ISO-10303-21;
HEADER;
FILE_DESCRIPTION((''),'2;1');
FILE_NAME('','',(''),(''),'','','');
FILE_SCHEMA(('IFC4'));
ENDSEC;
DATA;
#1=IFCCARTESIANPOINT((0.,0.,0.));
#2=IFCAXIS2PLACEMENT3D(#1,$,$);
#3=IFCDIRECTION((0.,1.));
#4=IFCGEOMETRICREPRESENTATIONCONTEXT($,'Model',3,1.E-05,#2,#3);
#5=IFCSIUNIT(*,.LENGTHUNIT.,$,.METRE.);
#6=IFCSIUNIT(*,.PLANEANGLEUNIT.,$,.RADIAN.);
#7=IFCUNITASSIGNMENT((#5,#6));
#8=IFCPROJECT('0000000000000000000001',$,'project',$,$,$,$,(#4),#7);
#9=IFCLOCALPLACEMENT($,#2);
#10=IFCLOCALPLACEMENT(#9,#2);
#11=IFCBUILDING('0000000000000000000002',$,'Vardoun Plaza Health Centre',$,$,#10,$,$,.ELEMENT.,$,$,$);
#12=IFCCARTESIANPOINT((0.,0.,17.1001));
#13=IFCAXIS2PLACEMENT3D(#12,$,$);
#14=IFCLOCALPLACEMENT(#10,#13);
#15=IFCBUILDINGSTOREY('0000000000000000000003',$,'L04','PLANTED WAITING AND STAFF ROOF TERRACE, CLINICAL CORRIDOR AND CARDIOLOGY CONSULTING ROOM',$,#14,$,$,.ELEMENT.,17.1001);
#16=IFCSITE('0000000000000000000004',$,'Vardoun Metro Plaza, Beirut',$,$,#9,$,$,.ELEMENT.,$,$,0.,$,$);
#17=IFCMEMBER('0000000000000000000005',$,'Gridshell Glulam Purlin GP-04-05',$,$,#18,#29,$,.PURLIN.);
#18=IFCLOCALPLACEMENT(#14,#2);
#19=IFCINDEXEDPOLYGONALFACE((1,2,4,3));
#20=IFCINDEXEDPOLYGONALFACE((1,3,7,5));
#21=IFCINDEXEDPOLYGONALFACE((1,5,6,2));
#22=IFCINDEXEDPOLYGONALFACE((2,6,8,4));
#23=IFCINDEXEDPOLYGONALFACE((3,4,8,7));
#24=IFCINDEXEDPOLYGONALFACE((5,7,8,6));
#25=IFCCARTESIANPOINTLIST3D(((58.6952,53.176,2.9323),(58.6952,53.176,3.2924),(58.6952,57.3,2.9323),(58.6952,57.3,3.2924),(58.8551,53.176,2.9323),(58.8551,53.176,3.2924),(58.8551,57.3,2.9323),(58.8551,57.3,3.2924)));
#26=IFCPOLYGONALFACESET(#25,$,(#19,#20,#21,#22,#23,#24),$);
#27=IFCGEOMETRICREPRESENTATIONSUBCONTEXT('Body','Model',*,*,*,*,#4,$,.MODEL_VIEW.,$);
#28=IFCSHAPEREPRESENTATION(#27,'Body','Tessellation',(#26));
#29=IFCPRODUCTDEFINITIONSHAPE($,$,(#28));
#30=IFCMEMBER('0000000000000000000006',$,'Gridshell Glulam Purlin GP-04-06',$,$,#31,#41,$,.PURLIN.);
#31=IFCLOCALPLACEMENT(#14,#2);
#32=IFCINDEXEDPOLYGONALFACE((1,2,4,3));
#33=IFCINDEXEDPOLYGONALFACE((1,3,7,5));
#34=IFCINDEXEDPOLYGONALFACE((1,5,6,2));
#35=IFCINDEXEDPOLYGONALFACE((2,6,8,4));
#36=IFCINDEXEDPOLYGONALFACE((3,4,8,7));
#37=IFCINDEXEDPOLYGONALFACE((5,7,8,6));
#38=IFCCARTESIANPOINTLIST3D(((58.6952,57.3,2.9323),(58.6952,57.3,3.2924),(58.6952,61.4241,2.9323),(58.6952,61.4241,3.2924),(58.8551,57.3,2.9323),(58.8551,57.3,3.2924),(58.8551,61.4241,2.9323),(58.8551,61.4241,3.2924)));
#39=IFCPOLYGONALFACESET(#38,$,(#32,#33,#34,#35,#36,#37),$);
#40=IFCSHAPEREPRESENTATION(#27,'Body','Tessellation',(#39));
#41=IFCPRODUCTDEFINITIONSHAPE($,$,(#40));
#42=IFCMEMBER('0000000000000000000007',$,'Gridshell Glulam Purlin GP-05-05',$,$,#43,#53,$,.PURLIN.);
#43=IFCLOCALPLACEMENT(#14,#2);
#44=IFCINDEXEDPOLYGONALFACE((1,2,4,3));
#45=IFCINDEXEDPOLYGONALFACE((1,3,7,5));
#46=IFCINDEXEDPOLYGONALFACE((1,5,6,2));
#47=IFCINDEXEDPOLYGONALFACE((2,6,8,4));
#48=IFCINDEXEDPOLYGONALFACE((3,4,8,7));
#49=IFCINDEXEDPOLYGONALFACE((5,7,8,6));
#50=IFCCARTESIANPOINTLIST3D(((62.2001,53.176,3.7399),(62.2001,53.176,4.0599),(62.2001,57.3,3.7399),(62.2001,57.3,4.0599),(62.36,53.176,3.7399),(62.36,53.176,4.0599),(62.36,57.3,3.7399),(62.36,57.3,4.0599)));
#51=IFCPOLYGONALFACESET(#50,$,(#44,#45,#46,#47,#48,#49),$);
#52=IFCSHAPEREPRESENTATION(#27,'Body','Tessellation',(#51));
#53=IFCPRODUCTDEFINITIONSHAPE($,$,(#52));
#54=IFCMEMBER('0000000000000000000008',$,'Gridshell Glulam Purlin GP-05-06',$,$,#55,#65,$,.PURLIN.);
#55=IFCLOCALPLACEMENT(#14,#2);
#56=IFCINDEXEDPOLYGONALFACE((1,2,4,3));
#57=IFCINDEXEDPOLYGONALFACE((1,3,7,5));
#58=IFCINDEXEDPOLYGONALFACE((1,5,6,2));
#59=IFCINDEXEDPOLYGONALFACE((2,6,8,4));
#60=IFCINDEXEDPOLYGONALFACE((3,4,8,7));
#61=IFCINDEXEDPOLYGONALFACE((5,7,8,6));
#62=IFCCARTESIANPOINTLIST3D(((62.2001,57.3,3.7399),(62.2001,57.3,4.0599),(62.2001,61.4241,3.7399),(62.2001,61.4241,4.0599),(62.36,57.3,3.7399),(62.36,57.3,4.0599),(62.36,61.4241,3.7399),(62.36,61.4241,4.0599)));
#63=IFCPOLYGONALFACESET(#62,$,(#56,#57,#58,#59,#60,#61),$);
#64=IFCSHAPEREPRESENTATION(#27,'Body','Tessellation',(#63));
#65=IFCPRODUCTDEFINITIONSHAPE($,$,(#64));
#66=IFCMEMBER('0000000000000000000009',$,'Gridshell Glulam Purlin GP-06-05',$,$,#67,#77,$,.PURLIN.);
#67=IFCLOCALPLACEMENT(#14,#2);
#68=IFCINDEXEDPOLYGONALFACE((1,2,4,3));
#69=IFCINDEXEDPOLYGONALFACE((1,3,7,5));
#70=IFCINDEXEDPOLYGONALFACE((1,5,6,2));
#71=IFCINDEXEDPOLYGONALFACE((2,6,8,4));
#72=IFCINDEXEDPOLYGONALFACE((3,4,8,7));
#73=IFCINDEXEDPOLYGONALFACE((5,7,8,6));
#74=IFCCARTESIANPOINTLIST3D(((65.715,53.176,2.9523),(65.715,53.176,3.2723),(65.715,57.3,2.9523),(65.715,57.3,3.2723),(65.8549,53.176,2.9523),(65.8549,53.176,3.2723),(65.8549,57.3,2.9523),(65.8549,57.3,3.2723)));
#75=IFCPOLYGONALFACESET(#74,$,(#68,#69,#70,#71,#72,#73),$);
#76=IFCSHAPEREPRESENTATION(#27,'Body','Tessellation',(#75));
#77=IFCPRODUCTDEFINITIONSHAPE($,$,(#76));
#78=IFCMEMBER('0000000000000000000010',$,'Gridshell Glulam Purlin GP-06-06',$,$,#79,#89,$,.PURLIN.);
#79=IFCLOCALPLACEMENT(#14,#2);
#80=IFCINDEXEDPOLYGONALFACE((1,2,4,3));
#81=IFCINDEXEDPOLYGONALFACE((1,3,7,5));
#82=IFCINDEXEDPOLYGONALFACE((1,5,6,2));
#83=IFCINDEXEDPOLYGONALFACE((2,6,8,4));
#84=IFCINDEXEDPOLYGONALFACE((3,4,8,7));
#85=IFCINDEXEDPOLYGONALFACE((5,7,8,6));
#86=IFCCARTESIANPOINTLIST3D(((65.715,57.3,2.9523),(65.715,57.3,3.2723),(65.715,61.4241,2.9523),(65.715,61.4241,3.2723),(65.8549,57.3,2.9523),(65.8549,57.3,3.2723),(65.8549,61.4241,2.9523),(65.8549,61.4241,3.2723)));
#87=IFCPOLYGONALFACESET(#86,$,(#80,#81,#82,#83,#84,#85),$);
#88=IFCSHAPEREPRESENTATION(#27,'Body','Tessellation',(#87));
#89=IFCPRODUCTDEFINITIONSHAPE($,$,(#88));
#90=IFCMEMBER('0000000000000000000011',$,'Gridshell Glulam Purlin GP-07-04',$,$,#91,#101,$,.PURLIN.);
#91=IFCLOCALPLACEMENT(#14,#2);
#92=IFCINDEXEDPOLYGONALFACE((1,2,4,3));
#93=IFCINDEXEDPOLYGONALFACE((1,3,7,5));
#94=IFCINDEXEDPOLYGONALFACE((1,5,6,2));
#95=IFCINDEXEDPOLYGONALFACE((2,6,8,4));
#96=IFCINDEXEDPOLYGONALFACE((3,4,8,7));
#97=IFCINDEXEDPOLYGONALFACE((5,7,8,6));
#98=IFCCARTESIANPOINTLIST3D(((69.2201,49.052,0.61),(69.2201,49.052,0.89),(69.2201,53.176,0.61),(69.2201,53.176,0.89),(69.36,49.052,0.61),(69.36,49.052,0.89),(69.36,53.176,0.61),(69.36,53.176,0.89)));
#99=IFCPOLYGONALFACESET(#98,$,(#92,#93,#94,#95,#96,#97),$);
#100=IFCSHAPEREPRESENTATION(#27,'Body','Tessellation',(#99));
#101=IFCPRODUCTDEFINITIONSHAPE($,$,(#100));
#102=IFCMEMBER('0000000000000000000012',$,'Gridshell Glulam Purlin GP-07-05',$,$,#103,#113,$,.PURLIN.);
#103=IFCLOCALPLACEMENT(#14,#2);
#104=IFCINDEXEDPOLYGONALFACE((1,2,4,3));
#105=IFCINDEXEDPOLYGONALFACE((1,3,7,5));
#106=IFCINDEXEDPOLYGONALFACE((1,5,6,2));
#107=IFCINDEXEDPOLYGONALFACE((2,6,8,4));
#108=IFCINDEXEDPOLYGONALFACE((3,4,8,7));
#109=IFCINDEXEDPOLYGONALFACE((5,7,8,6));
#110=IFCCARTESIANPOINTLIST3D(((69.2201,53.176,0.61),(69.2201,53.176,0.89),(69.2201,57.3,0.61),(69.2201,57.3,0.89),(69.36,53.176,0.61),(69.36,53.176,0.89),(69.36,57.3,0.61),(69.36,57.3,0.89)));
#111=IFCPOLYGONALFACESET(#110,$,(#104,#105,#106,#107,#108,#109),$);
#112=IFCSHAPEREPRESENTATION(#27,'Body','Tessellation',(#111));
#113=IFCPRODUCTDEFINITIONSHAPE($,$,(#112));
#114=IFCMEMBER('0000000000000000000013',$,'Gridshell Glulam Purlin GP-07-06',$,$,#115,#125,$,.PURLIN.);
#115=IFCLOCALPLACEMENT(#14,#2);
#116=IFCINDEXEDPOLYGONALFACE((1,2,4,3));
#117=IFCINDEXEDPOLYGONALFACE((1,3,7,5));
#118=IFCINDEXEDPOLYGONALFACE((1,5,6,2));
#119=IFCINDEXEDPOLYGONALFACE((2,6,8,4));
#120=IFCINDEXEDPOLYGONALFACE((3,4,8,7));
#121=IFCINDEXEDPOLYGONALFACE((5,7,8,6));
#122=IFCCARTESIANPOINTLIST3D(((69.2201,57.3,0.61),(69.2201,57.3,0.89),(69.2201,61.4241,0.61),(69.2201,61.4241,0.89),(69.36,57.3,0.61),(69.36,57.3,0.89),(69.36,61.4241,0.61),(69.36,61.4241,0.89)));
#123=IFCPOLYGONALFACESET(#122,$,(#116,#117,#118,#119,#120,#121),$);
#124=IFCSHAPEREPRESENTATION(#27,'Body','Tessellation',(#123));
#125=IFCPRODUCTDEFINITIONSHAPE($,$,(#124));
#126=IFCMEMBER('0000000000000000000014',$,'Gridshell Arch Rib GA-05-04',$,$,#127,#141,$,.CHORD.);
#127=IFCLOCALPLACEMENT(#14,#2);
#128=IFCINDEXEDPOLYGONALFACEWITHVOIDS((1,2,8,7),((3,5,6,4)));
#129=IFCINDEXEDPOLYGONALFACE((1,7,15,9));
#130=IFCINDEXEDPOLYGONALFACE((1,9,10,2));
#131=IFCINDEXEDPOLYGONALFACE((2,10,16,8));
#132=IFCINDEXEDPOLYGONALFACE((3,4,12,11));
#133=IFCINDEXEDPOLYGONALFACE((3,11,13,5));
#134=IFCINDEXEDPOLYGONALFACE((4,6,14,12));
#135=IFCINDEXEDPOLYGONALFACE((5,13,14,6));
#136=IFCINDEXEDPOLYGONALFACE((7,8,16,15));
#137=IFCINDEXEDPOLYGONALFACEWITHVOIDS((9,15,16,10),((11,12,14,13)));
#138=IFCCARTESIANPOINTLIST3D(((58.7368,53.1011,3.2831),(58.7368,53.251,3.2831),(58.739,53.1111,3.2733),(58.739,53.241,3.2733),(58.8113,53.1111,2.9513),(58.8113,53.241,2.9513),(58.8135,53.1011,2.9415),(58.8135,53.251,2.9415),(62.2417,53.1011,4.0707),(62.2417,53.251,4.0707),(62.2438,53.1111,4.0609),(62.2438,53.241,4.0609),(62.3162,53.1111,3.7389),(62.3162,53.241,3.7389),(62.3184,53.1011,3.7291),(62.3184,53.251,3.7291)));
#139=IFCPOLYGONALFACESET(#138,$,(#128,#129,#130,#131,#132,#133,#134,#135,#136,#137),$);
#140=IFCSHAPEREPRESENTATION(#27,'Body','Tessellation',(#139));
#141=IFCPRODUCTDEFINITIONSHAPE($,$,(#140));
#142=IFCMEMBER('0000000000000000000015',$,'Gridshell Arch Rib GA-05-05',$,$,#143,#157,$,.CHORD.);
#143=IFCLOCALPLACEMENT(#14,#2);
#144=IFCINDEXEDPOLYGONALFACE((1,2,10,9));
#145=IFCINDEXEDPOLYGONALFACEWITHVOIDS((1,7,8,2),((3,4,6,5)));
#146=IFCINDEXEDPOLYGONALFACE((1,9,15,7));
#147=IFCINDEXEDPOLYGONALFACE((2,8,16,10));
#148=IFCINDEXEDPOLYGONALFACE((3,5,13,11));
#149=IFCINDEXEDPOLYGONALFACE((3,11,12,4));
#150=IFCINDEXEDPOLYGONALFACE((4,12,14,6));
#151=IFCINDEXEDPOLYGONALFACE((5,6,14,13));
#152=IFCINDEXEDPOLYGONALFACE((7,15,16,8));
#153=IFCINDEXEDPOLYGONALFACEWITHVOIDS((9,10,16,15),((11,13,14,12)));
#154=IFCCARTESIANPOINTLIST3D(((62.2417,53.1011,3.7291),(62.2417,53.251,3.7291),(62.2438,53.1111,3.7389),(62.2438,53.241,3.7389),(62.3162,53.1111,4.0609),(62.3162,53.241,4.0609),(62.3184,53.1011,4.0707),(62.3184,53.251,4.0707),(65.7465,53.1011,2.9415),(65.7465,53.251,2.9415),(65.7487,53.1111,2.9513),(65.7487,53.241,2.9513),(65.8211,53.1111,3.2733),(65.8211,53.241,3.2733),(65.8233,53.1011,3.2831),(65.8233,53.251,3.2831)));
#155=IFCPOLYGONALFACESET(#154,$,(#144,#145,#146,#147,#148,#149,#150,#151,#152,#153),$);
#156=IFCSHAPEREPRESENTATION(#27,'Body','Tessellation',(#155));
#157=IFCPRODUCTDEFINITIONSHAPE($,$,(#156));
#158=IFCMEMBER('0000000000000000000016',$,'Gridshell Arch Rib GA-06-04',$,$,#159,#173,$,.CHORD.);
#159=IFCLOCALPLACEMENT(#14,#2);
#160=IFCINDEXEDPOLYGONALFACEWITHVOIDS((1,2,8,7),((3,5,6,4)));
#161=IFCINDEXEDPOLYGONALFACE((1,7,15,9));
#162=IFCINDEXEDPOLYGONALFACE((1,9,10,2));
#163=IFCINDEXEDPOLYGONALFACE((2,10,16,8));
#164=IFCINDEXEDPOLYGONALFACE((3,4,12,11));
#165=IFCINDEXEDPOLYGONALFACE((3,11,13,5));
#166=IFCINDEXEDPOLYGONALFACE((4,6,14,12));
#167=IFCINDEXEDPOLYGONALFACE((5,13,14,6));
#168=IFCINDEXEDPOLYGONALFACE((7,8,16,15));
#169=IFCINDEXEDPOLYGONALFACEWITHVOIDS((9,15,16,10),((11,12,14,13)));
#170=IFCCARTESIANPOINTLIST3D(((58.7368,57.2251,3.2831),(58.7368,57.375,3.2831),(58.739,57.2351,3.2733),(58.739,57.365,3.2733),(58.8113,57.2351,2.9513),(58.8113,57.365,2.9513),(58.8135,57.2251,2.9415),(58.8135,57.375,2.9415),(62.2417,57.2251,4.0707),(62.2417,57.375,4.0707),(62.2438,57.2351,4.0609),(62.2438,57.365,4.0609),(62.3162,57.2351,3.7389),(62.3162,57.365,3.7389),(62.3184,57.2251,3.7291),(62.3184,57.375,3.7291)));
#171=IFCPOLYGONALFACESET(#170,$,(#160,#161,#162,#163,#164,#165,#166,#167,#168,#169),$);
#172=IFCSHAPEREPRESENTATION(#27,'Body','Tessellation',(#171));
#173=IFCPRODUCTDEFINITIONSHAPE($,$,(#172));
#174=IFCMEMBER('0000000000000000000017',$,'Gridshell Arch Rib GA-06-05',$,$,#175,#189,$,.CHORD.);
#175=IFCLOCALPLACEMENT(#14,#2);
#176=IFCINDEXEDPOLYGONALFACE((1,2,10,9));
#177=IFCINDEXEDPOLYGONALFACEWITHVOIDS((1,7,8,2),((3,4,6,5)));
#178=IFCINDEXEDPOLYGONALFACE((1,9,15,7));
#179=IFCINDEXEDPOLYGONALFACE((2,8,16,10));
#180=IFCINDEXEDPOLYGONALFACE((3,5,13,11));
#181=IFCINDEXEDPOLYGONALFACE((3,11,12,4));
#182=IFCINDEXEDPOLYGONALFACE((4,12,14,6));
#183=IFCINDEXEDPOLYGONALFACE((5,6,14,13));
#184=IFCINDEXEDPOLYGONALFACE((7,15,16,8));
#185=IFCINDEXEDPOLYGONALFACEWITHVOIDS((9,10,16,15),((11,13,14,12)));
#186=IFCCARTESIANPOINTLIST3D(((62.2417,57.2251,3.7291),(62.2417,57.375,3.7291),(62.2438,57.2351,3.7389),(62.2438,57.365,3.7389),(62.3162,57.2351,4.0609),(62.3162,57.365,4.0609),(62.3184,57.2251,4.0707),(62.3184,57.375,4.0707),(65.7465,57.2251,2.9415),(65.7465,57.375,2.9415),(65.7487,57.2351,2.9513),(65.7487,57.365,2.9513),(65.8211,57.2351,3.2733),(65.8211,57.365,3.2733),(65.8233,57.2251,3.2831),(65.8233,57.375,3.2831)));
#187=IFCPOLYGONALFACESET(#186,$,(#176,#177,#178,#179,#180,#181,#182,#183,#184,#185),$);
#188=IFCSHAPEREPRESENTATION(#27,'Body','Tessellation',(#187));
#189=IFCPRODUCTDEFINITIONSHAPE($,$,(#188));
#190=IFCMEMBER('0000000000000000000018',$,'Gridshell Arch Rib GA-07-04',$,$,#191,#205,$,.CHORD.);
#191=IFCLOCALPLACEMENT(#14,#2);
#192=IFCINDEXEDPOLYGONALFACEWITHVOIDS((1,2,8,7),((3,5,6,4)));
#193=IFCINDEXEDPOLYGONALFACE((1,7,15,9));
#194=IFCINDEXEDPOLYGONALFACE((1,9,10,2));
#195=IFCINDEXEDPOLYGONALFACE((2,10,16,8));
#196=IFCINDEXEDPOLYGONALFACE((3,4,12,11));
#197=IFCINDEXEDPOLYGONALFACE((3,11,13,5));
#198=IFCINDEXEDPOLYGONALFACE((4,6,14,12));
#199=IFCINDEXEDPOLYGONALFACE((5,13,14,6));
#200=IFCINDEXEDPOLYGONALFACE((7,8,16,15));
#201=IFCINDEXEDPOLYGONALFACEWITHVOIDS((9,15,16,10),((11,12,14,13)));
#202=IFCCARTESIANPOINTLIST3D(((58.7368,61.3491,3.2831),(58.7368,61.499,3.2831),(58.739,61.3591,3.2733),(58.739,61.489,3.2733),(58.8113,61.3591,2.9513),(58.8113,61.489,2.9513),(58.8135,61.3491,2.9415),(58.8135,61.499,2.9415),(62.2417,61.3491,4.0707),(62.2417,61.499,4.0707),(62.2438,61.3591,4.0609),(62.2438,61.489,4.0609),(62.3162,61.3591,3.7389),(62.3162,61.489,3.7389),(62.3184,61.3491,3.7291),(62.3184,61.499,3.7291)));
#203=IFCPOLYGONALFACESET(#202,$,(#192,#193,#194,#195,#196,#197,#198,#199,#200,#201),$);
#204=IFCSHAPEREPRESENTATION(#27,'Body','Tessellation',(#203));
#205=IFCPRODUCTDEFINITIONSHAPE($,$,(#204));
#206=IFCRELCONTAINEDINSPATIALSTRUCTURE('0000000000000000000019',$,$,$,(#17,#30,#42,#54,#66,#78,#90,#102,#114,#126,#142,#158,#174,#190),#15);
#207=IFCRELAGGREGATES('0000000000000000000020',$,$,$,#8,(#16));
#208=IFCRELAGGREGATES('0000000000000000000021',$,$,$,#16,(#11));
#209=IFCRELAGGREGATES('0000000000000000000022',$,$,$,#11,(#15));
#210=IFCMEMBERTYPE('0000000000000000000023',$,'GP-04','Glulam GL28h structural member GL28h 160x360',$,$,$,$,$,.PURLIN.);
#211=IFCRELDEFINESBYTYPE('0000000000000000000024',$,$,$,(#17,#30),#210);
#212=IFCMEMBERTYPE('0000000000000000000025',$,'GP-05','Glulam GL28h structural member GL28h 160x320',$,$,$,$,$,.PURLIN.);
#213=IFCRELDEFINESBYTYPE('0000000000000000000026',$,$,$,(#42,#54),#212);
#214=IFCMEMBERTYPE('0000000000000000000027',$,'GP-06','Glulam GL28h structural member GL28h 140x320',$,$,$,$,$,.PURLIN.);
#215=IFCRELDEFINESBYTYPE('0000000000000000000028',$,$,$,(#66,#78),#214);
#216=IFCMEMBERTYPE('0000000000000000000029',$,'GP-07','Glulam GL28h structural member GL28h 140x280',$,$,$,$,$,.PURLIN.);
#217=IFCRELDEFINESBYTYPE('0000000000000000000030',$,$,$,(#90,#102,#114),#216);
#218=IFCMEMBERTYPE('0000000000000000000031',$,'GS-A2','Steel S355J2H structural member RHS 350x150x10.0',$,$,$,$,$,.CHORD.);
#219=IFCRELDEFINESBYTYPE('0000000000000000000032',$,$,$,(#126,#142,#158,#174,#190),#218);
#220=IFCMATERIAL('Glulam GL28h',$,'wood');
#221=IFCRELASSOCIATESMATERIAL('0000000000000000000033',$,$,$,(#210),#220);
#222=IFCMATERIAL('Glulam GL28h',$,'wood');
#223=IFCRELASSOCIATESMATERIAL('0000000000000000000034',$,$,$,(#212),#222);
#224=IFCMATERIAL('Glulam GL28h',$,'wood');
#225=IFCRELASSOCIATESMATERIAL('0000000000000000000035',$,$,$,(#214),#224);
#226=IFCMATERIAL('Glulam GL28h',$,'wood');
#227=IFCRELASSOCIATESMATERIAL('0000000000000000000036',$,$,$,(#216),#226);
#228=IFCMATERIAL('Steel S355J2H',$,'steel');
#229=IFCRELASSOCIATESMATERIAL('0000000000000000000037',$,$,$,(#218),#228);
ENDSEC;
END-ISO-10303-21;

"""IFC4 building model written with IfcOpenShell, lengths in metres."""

from ifc_helpers import new_model, si_unit, direction, frame, origin, origin_2d, place, context, subcontext, project, spatial, rectangle, hollow_rectangle, extrude, material, material_profile, profile_set, type_object, element, save


model = new_model("IFC4")

# Units and contexts
model_context = context("Model", 3, precision=1e-05, world=origin(), true_north=direction((0.0, 1.0)))
body_context = subcontext(model_context, "Body", "Model", "MODEL_VIEW")
ifc_project = project(units=[si_unit("LENGTHUNIT", "METRE"), si_unit("PLANEANGLEUNIT", "RADIAN")], contexts=[model_context])

# Site, building, storey
site_placement = place(None, origin())
site = spatial("IfcSite", under=ifc_project, at=site_placement, Name="Vardoun Metro Plaza, Beirut", CompositionType="ELEMENT", RefElevation=0.0)
building_placement = place(site_placement, origin())
building = spatial("IfcBuilding", under=site, at=building_placement, Name="Vardoun Plaza Health Centre", CompositionType="ELEMENT")
storey_placement = place(building_placement, frame((0.0, 0.0, 17.1001)))
storey = spatial("IfcBuildingStorey", under=building, at=storey_placement, Name="L04", Description="PLANTED WAITING AND STAFF ROOF TERRACE, CLINICAL CORRIDOR AND CARDIOLOGY CONSULTING ROOM", CompositionType="ELEMENT", Elevation=17.1001)

# Members
ifc_material_1 = material(Name="Glulam GL28h", Category="wood")
ifc_material_profile_1 = material_profile(ifc_material_1, rectangle(XDim=0.1599, YDim=0.3601, at=origin_2d()), Name="GL28h 160x360")
ifc_profile_set_1 = profile_set([ifc_material_profile_1], Name="Glulam GL28h")
member_type_1 = type_object("IfcMemberType", Name="GP-04", Description="Glulam GL28h structural member GL28h 160x360", PredefinedType="PURLIN", material=ifc_profile_set_1)
for number, where, z_axis, x_axis, name in (
    (1, (58.7751, 53.176, 3.1123), (0.0, 1.0, 0.0), (-1.0, 0.0, 0.0), "Gridshell Glulam Purlin GP-04-05"),
    (2, (58.7751, 57.3, 3.1123), (0.0, 1.0, 0.0), (-1.0, 0.0, 0.0), "Gridshell Glulam Purlin GP-04-06"),
):
    element("IfcMember", number, at=place(storey_placement, frame(where, z_axis=z_axis, x_axis=x_axis)), inside=storey, type_object=member_type_1, Name=name, PredefinedType="PURLIN", context=body_context, shape_type="SweptSolid", body=[
        extrude(rectangle(XDim=0.1599, YDim=0.3601, at=origin_2d()), origin(), (0.0, 0.0, 1.0), 4.124),
    ])
ifc_material_2 = material(Name="Glulam GL28h", Category="wood")
ifc_material_profile_2 = material_profile(ifc_material_2, rectangle(XDim=0.1599, YDim=0.3201, at=origin_2d()), Name="GL28h 160x320")
ifc_profile_set_2 = profile_set([ifc_material_profile_2], Name="Glulam GL28h")
member_type_2 = type_object("IfcMemberType", Name="GP-05", Description="Glulam GL28h structural member GL28h 160x320", PredefinedType="PURLIN", material=ifc_profile_set_2)
for number, where, z_axis, x_axis, name in (
    (3, (62.28, 53.176, 3.8999), (0.0, 1.0, 0.0), (-1.0, 0.0, 0.0), "Gridshell Glulam Purlin GP-05-05"),
    (4, (62.28, 57.3, 3.8999), (0.0, 1.0, 0.0), (-1.0, 0.0, 0.0), "Gridshell Glulam Purlin GP-05-06"),
):
    element("IfcMember", number, at=place(storey_placement, frame(where, z_axis=z_axis, x_axis=x_axis)), inside=storey, type_object=member_type_2, Name=name, PredefinedType="PURLIN", context=body_context, shape_type="SweptSolid", body=[
        extrude(rectangle(XDim=0.1599, YDim=0.3201, at=origin_2d()), origin(), (0.0, 0.0, 1.0), 4.124),
    ])
ifc_material_3 = material(Name="Glulam GL28h", Category="wood")
ifc_material_profile_3 = material_profile(ifc_material_3, rectangle(XDim=0.1399, YDim=0.3201, at=origin_2d()), Name="GL28h 140x320")
ifc_profile_set_3 = profile_set([ifc_material_profile_3], Name="Glulam GL28h")
member_type_3 = type_object("IfcMemberType", Name="GP-06", Description="Glulam GL28h structural member GL28h 140x320", PredefinedType="PURLIN", material=ifc_profile_set_3)
for number, where, z_axis, x_axis, name in (
    (5, (65.7849, 53.176, 3.1123), (0.0, 1.0, 0.0), (-1.0, 0.0, 0.0), "Gridshell Glulam Purlin GP-06-05"),
    (6, (65.7849, 57.3, 3.1123), (0.0, 1.0, 0.0), (-1.0, 0.0, 0.0), "Gridshell Glulam Purlin GP-06-06"),
):
    element("IfcMember", number, at=place(storey_placement, frame(where, z_axis=z_axis, x_axis=x_axis)), inside=storey, type_object=member_type_3, Name=name, PredefinedType="PURLIN", context=body_context, shape_type="SweptSolid", body=[
        extrude(rectangle(XDim=0.1399, YDim=0.3201, at=origin_2d()), origin(), (0.0, 0.0, 1.0), 4.124),
    ])
ifc_material_4 = material(Name="Glulam GL28h", Category="wood")
ifc_material_profile_4 = material_profile(ifc_material_4, rectangle(XDim=0.1399, YDim=0.28, at=origin_2d()), Name="GL28h 140x280")
ifc_profile_set_4 = profile_set([ifc_material_profile_4], Name="Glulam GL28h")
member_type_4 = type_object("IfcMemberType", Name="GP-07", Description="Glulam GL28h structural member GL28h 140x280", PredefinedType="PURLIN", material=ifc_profile_set_4)
for number, where, z_axis, x_axis, name in (
    (7, (69.29, 49.052, 0.75), (0.0, 1.0, 0.0), (-1.0, 0.0, 0.0), "Gridshell Glulam Purlin GP-07-04"),
    (8, (69.29, 53.176, 0.75), (0.0, 1.0, 0.0), (-1.0, 0.0, 0.0), "Gridshell Glulam Purlin GP-07-05"),
    (9, (69.29, 57.3, 0.75), (0.0, 1.0, 0.0), (-1.0, 0.0, 0.0), "Gridshell Glulam Purlin GP-07-06"),
):
    element("IfcMember", number, at=place(storey_placement, frame(where, z_axis=z_axis, x_axis=x_axis)), inside=storey, type_object=member_type_4, Name=name, PredefinedType="PURLIN", context=body_context, shape_type="SweptSolid", body=[
        extrude(rectangle(XDim=0.1399, YDim=0.28, at=origin_2d()), origin(), (0.0, 0.0, 1.0), 4.124),
    ])
ifc_material_5 = material(Name="Steel S355J2H", Category="steel")
ifc_material_profile_5 = material_profile(ifc_material_5, hollow_rectangle(XDim=0.1499, YDim=0.3501, WallThickness=0.01, at=origin_2d()), Name="RHS 350x150x10.0")
ifc_profile_set_5 = profile_set([ifc_material_profile_5], Name="Steel S355J2H")
member_type_5 = type_object("IfcMemberType", Name="GS-A2", Description="Steel S355J2H structural member RHS 350x150x10.0", PredefinedType="CHORD", material=ifc_profile_set_5)
for number, where, z_axis, x_axis, name in (
    (10, (58.7751, 53.176, 3.1123), (0.975669, 0.0, 0.219247), (0.0, 1.0, 0.0), "Gridshell Arch Rib GA-05-04"),
    (11, (65.7849, 53.176, 3.1123), (-0.975669, 0.0, 0.219247), (0.0, -1.0, 0.0), "Gridshell Arch Rib GA-05-05"),
    (12, (58.7751, 57.3, 3.1123), (0.975669, 0.0, 0.219247), (0.0, 1.0, 0.0), "Gridshell Arch Rib GA-06-04"),
    (13, (65.7849, 57.3, 3.1123), (-0.975669, 0.0, 0.219247), (0.0, -1.0, 0.0), "Gridshell Arch Rib GA-06-05"),
    (14, (58.7751, 61.4241, 3.1123), (0.975669, 0.0, 0.219247), (0.0, 1.0, 0.0), "Gridshell Arch Rib GA-07-04"),
):
    element("IfcMember", number, at=place(storey_placement, frame(where, z_axis=z_axis, x_axis=x_axis)), inside=storey, type_object=member_type_5, Name=name, PredefinedType="CHORD", context=body_context, shape_type="SweptSolid", body=[
        extrude(hollow_rectangle(XDim=0.1499, YDim=0.3501, WallThickness=0.01, at=origin_2d()), origin(), (0.0, 0.0, 1.0), 3.5923),
    ])

save(model, "model.ifc")
